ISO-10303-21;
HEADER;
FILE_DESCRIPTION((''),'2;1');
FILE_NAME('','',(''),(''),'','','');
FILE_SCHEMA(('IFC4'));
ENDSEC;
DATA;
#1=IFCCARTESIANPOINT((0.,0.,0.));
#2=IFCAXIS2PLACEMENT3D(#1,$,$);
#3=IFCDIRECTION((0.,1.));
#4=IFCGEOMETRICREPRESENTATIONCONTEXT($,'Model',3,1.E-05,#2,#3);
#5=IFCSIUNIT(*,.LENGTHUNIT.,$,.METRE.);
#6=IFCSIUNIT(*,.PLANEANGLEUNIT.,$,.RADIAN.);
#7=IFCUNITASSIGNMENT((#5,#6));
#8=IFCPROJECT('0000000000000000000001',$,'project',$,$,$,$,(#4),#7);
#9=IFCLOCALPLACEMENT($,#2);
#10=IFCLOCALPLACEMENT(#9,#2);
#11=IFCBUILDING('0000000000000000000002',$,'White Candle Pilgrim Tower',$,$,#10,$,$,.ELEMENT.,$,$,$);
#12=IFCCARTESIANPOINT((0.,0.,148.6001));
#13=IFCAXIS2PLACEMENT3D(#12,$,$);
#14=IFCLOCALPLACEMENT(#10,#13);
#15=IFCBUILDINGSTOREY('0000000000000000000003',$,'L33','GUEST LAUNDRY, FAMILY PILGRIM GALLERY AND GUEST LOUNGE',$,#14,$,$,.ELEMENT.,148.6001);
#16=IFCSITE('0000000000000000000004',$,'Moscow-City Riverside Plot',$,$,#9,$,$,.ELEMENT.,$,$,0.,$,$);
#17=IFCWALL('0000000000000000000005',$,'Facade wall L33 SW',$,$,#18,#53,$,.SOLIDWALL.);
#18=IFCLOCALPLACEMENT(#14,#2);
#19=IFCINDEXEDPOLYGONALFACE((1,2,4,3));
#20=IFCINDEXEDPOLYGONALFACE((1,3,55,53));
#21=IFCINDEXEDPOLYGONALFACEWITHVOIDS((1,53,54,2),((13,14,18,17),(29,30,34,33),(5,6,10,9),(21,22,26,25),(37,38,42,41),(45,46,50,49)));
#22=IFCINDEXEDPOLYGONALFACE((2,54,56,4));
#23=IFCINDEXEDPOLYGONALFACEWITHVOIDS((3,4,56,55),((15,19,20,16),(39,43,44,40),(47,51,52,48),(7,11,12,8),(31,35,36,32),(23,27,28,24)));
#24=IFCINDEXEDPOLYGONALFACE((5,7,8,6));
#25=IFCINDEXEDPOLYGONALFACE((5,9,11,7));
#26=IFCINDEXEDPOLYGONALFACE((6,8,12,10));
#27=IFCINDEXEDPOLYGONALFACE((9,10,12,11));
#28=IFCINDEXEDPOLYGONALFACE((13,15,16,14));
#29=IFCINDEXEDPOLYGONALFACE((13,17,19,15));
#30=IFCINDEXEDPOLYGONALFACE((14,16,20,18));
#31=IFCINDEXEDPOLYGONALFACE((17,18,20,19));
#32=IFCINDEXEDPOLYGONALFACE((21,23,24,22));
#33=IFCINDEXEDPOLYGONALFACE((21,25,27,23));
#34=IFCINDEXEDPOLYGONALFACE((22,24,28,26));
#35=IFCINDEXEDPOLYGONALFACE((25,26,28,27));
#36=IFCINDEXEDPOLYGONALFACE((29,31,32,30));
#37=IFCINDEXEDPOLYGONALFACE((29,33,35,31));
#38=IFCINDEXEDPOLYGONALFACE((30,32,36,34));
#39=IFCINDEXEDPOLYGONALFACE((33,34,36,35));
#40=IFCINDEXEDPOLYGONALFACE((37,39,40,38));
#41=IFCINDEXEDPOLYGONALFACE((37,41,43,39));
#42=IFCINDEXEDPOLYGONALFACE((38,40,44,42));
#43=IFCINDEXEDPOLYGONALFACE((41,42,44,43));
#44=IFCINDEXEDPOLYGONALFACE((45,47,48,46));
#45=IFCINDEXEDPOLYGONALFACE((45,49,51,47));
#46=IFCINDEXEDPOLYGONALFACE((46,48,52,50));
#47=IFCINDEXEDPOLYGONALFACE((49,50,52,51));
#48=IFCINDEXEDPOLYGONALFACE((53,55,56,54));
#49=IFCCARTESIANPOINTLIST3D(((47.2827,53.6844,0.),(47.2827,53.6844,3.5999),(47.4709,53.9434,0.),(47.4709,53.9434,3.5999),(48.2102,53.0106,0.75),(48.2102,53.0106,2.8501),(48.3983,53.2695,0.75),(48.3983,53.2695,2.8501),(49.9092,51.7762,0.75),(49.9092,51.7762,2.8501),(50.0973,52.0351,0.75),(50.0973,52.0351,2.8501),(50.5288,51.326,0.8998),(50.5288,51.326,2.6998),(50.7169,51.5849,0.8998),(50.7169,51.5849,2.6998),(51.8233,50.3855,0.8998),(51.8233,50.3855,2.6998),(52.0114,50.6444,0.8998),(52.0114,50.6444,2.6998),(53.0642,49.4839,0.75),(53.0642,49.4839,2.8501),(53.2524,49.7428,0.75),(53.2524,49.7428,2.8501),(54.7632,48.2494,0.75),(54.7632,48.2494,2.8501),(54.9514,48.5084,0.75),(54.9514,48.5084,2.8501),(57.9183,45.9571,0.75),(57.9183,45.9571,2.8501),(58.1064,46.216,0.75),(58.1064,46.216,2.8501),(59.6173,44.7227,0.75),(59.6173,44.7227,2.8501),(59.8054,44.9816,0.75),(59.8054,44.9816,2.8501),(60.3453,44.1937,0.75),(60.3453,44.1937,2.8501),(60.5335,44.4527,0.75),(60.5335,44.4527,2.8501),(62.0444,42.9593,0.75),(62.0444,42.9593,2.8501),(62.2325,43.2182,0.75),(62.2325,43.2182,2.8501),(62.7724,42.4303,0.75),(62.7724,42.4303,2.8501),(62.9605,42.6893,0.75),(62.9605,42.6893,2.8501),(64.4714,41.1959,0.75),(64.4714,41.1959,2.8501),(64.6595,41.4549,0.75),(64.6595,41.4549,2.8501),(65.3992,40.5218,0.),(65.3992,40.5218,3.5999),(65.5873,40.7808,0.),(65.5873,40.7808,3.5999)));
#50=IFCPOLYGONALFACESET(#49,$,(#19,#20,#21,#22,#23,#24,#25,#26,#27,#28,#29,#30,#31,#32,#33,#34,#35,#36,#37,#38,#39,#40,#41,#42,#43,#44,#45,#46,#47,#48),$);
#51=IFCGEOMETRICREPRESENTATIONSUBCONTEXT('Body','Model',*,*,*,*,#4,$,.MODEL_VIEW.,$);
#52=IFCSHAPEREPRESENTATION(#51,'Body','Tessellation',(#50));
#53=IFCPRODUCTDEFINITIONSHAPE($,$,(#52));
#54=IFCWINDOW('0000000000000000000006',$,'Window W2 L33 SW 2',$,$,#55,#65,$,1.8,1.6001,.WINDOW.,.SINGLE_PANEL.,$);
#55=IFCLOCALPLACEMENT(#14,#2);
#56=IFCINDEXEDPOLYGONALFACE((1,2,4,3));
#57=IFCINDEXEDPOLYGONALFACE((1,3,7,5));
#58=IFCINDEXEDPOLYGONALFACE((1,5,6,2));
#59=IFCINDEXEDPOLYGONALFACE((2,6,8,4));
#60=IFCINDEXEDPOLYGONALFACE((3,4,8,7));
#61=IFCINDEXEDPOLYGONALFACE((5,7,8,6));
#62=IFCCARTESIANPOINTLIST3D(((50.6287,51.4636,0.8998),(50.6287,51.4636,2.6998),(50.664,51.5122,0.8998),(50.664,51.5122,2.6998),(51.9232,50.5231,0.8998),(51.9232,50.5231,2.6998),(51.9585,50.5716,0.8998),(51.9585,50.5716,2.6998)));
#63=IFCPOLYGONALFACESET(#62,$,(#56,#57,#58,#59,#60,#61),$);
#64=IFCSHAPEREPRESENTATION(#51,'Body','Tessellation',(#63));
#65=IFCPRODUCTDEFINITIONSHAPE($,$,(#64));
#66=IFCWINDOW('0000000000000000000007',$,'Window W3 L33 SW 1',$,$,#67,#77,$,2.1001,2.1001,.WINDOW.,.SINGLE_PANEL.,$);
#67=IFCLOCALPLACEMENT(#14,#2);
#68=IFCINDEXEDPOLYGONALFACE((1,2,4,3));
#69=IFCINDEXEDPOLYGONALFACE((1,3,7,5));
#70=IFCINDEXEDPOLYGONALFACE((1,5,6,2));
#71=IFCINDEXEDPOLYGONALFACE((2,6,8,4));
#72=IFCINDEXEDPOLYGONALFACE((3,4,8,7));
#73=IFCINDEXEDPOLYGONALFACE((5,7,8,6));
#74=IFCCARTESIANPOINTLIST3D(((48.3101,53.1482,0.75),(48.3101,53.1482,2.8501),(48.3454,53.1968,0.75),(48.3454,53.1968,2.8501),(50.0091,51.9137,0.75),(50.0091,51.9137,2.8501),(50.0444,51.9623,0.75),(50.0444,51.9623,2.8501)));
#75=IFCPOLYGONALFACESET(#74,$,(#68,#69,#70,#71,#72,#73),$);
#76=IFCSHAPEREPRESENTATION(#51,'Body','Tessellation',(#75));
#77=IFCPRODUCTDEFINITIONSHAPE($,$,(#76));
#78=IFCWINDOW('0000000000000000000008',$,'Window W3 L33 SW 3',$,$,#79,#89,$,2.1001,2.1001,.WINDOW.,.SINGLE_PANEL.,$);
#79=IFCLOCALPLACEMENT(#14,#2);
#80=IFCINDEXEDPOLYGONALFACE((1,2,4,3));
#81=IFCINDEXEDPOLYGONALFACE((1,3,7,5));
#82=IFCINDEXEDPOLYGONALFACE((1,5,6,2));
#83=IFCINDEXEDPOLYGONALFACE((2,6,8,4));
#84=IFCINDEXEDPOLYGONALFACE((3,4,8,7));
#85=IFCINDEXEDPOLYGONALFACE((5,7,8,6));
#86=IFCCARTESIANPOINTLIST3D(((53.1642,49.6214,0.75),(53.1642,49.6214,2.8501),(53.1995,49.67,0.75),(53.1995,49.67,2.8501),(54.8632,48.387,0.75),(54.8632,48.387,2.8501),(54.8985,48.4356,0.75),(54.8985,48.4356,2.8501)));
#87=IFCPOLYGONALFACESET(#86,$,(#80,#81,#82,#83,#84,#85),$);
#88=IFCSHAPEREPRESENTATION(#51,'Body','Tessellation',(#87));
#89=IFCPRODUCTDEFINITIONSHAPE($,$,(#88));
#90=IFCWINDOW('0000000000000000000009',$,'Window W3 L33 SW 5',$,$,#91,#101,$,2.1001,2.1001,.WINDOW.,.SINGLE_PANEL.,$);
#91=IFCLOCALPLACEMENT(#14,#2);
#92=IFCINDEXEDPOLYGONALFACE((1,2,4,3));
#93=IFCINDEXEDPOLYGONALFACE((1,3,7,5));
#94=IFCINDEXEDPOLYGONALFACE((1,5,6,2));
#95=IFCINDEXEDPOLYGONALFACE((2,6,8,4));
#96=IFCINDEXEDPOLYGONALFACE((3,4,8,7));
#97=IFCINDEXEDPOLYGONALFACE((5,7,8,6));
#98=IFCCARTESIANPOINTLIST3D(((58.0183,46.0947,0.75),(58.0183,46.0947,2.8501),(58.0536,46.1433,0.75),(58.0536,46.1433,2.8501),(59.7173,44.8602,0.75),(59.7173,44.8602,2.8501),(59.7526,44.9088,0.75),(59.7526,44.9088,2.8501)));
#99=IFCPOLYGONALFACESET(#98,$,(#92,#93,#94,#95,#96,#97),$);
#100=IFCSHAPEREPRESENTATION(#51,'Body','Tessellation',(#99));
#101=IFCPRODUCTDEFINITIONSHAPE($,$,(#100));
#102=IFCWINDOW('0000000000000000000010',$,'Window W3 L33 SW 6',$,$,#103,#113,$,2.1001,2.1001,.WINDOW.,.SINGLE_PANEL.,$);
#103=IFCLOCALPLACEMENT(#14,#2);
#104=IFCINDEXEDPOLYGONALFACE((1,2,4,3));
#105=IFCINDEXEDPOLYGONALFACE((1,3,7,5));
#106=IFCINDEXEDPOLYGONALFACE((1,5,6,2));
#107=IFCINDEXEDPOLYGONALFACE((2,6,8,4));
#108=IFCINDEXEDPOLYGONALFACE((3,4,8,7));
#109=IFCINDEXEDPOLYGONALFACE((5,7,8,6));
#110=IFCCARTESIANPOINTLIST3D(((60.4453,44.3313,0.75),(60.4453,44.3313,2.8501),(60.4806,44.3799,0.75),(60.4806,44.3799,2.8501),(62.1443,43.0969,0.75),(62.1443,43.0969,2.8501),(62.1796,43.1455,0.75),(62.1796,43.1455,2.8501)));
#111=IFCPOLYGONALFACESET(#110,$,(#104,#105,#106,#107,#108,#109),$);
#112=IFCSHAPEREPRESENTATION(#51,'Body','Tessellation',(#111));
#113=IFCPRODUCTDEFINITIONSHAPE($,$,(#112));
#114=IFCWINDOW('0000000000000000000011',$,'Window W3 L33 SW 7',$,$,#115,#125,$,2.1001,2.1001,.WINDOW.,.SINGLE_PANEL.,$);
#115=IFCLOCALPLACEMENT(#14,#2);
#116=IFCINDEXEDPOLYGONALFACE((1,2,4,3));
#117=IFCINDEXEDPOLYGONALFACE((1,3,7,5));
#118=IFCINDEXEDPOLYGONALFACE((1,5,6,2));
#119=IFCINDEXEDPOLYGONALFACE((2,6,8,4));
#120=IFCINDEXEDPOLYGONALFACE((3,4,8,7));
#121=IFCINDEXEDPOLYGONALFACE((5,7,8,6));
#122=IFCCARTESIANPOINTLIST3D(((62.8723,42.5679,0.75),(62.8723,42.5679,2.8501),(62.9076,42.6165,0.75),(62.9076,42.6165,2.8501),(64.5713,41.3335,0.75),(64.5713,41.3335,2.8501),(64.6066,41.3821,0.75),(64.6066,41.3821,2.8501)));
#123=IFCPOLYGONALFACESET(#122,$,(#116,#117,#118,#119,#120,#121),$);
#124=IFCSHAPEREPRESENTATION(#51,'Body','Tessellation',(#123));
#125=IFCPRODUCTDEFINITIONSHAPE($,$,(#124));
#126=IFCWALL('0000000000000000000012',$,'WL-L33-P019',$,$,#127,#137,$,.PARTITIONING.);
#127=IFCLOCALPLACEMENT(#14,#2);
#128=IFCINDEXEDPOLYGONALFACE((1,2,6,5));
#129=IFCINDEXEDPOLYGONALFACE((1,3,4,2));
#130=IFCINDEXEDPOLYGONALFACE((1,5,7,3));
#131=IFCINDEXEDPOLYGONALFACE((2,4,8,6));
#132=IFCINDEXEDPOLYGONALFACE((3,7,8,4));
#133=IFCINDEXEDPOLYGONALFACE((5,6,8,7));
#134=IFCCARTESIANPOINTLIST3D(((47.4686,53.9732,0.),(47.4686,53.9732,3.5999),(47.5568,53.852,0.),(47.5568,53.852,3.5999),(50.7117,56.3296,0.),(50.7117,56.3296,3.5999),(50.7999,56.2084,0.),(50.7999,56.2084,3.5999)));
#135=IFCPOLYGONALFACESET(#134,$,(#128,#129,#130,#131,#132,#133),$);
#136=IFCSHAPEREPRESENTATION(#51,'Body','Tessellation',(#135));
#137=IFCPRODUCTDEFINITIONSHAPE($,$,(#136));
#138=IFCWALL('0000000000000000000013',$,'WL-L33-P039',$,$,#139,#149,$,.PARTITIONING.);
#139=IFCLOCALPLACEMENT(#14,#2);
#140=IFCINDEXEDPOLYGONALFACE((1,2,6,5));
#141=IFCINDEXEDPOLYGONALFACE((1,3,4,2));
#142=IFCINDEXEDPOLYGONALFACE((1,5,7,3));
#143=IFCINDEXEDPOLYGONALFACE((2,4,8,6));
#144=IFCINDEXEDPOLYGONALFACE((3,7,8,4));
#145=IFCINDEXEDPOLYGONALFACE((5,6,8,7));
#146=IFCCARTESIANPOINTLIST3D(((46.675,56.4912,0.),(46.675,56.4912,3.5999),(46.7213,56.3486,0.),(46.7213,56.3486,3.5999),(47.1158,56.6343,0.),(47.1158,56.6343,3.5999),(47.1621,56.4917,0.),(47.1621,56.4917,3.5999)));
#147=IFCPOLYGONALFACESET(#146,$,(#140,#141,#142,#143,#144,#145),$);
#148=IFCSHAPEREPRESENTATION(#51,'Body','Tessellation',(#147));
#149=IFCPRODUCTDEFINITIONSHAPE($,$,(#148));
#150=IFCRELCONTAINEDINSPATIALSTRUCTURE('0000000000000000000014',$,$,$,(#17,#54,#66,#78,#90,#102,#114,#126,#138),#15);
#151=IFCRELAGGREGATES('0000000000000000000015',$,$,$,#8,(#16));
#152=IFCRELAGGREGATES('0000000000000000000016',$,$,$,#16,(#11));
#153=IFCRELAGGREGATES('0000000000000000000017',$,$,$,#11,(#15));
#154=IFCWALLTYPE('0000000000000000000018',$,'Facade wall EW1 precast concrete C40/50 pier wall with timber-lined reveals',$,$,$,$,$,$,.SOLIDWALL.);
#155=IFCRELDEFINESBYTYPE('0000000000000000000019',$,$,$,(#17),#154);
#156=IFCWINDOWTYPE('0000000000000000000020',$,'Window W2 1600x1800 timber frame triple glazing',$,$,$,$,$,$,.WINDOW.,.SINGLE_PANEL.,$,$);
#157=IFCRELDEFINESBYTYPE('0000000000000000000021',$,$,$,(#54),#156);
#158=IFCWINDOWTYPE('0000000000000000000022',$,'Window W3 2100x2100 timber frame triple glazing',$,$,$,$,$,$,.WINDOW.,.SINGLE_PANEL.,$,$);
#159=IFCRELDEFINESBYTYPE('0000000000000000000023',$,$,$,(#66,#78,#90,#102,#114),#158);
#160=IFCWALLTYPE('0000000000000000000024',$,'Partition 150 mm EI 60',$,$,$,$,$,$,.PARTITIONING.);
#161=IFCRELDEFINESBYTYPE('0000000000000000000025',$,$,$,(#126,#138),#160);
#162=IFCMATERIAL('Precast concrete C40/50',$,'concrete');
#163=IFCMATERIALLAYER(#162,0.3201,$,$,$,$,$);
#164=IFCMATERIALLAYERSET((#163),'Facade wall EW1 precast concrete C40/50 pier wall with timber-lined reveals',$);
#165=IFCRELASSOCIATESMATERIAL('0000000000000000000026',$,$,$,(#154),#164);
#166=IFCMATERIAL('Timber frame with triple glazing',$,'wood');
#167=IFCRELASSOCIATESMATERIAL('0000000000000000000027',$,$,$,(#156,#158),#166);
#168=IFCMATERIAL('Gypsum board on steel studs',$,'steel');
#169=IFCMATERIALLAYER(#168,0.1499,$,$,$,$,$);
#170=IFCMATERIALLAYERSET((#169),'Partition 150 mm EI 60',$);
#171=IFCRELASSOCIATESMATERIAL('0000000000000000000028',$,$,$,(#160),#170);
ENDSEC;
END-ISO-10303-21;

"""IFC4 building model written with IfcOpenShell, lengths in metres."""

from ifc_helpers import new_model, si_unit, direction, frame, frame_2d, origin, place, context, subcontext, project, spatial, rectangle, extrude, material, layer, layer_set, type_object, element, fill, save


model = new_model("IFC4")

# Units and contexts
model_context = context("Model", 3, precision=1e-05, world=origin(), true_north=direction((0.0, 1.0)))
body_context = subcontext(model_context, "Body", "Model", "MODEL_VIEW")
ifc_project = project(units=[si_unit("LENGTHUNIT", "METRE"), si_unit("PLANEANGLEUNIT", "RADIAN")], contexts=[model_context])

# Site, building, storey
site_placement = place(None, origin())
site = spatial("IfcSite", under=ifc_project, at=site_placement, Name="Moscow-City Riverside Plot", CompositionType="ELEMENT", RefElevation=0.0)
building_placement = place(site_placement, origin())
building = spatial("IfcBuilding", under=site, at=building_placement, Name="White Candle Pilgrim Tower", CompositionType="ELEMENT")
storey_placement = place(building_placement, frame((0.0, 0.0, 148.6001)))
storey = spatial("IfcBuildingStorey", under=building, at=storey_placement, Name="L33", Description="GUEST LAUNDRY, FAMILY PILGRIM GALLERY AND GUEST LOUNGE", CompositionType="ELEMENT", Elevation=148.6001)

# Wall, openings, windows
ifc_material_1 = material(Name="Precast concrete C40/50", Category="concrete")
ifc_layer_1 = layer(ifc_material_1, 0.3201)
ifc_layer_set_1 = layer_set([ifc_layer_1], Name="Facade wall EW1 precast concrete C40/50 pier wall with timber-lined reveals")
wall_type_1 = type_object("IfcWallType", Name="Facade wall EW1 precast concrete C40/50 pier wall with timber-lined reveals", PredefinedType="SOLIDWALL", material=ifc_layer_set_1)
wall_1_placement = place(storey_placement, frame((47.3767, 53.814, 0.0), z_axis=(0.0, 0.0, 1.0), x_axis=(0.809012, -0.587792, 0.0)))
wall_1 = element("IfcWall", 1, at=wall_1_placement, inside=storey, type_object=wall_type_1, Name="Facade wall L33 SW", PredefinedType="SOLIDWALL", context=body_context, shape_type="SweptSolid", body=[
    extrude(rectangle(XDim=22.3933, YDim=0.3201, at=frame_2d((11.1968, 0.0))), origin(), (0.0, 0.0, 1.0), 3.5999),
])
opening_1_placement = place(wall_1_placement, frame((1.1465, 0.0, 0.75)))
opening_1 = element("IfcOpeningElement", 2, at=opening_1_placement, cuts=wall_1, PredefinedType="OPENING", context=body_context, shape_type="SweptSolid", body=[
    extrude(rectangle(XDim=2.1001, YDim=2.1001, at=frame_2d((1.05, 1.05))), frame((0.0, 0.1699, 0.0), z_axis=(0.0, -1.0, 0.0), x_axis=(1.0, 0.0, 0.0)), (0.0, 0.0, 1.0), 0.3401),
])
opening_2_placement = place(wall_1_placement, frame((4.0125, 0.0, 0.8999)))
opening_2 = element("IfcOpeningElement", 3, at=opening_2_placement, cuts=wall_1, PredefinedType="OPENING", context=body_context, shape_type="SweptSolid", body=[
    extrude(rectangle(XDim=1.6001, YDim=1.8, at=frame_2d((0.8, 0.8999))), frame((0.0, 0.1699, 0.0), z_axis=(0.0, -1.0, 0.0), x_axis=(1.0, 0.0, 0.0)), (0.0, 0.0, 1.0), 0.3401),
])
opening_3_placement = place(wall_1_placement, frame((7.1465, 0.0, 0.75)))
opening_3 = element("IfcOpeningElement", 4, at=opening_3_placement, cuts=wall_1, PredefinedType="OPENING", context=body_context, shape_type="SweptSolid", body=[
    extrude(rectangle(XDim=2.1001, YDim=2.1001, at=frame_2d((1.05, 1.05))), frame((0.0, 0.1699, 0.0), z_axis=(0.0, -1.0, 0.0), x_axis=(1.0, 0.0, 0.0)), (0.0, 0.0, 1.0), 0.3401),
])
opening_4_placement = place(wall_1_placement, frame((13.1465, 0.0, 0.75)))
opening_4 = element("IfcOpeningElement", 5, at=opening_4_placement, cuts=wall_1, PredefinedType="OPENING", context=body_context, shape_type="SweptSolid", body=[
    extrude(rectangle(XDim=2.1001, YDim=2.1001, at=frame_2d((1.05, 1.05))), frame((0.0, 0.1699, 0.0), z_axis=(0.0, -1.0, 0.0), x_axis=(1.0, 0.0, 0.0)), (0.0, 0.0, 1.0), 0.3401),
])
opening_5_placement = place(wall_1_placement, frame((16.1465, 0.0, 0.75)))
opening_5 = element("IfcOpeningElement", 6, at=opening_5_placement, cuts=wall_1, PredefinedType="OPENING", context=body_context, shape_type="SweptSolid", body=[
    extrude(rectangle(XDim=2.1001, YDim=2.1001, at=frame_2d((1.05, 1.05))), frame((0.0, 0.1699, 0.0), z_axis=(0.0, -1.0, 0.0), x_axis=(1.0, 0.0, 0.0)), (0.0, 0.0, 1.0), 0.3401),
])
opening_6_placement = place(wall_1_placement, frame((19.1465, 0.0, 0.75)))
opening_6 = element("IfcOpeningElement", 7, at=opening_6_placement, cuts=wall_1, PredefinedType="OPENING", context=body_context, shape_type="SweptSolid", body=[
    extrude(rectangle(XDim=2.1001, YDim=2.1001, at=frame_2d((1.05, 1.05))), frame((0.0, 0.1699, 0.0), z_axis=(0.0, -1.0, 0.0), x_axis=(1.0, 0.0, 0.0)), (0.0, 0.0, 1.0), 0.3401),
])
ifc_material_2 = material(Name="Timber frame with triple glazing", Category="wood")
window_type_1 = type_object("IfcWindowType", Name="Window W2 1600x1800 timber frame triple glazing", PartitioningType="SINGLE_PANEL", PredefinedType="WINDOW", material=ifc_material_2)
window_1_placement = place(opening_2_placement, origin())
window_1 = element("IfcWindow", 8, at=window_1_placement, inside=storey, type_object=window_type_1, Name="Window W2 L33 SW 2", OverallHeight=1.8, OverallWidth=1.6001, PartitioningType="SINGLE_PANEL", PredefinedType="WINDOW", context=body_context, shape_type="SweptSolid", body=[
    extrude(rectangle(XDim=1.6001, YDim=1.8, at=frame_2d((0.8, 0.8999))), frame((0.0, 0.0701, 0.0), z_axis=(0.0, -1.0, 0.0), x_axis=(1.0, 0.0, 0.0)), (0.0, 0.0, 1.0), 0.0601),
])
fill(opening_2, window_1)
window_type_2 = type_object("IfcWindowType", Name="Window W3 2100x2100 timber frame triple glazing", PartitioningType="SINGLE_PANEL", PredefinedType="WINDOW", material=ifc_material_2)
window_2_placement = place(opening_1_placement, origin())
window_2 = element("IfcWindow", 9, at=window_2_placement, inside=storey, type_object=window_type_2, Name="Window W3 L33 SW 1", OverallHeight=2.1001, OverallWidth=2.1001, PartitioningType="SINGLE_PANEL", PredefinedType="WINDOW", context=body_context, shape_type="SweptSolid", body=[
    extrude(rectangle(XDim=2.1001, YDim=2.1001, at=frame_2d((1.05, 1.05))), frame((0.0, 0.0701, 0.0), z_axis=(0.0, -1.0, 0.0), x_axis=(1.0, 0.0, 0.0)), (0.0, 0.0, 1.0), 0.0601),
])
fill(opening_1, window_2)
window_3_placement = place(opening_3_placement, origin())
window_3 = element("IfcWindow", 10, at=window_3_placement, inside=storey, type_object=window_type_2, Name="Window W3 L33 SW 3", OverallHeight=2.1001, OverallWidth=2.1001, PartitioningType="SINGLE_PANEL", PredefinedType="WINDOW", context=body_context, shape_type="SweptSolid", body=[
    extrude(rectangle(XDim=2.1001, YDim=2.1001, at=frame_2d((1.05, 1.05))), frame((0.0, 0.0701, 0.0), z_axis=(0.0, -1.0, 0.0), x_axis=(1.0, 0.0, 0.0)), (0.0, 0.0, 1.0), 0.0601),
])
fill(opening_3, window_3)
window_4_placement = place(opening_4_placement, origin())
window_4 = element("IfcWindow", 11, at=window_4_placement, inside=storey, type_object=window_type_2, Name="Window W3 L33 SW 5", OverallHeight=2.1001, OverallWidth=2.1001, PartitioningType="SINGLE_PANEL", PredefinedType="WINDOW", context=body_context, shape_type="SweptSolid", body=[
    extrude(rectangle(XDim=2.1001, YDim=2.1001, at=frame_2d((1.05, 1.05))), frame((0.0, 0.0701, 0.0), z_axis=(0.0, -1.0, 0.0), x_axis=(1.0, 0.0, 0.0)), (0.0, 0.0, 1.0), 0.0601),
])
fill(opening_4, window_4)
window_5_placement = place(opening_5_placement, origin())
window_5 = element("IfcWindow", 12, at=window_5_placement, inside=storey, type_object=window_type_2, Name="Window W3 L33 SW 6", OverallHeight=2.1001, OverallWidth=2.1001, PartitioningType="SINGLE_PANEL", PredefinedType="WINDOW", context=body_context, shape_type="SweptSolid", body=[
    extrude(rectangle(XDim=2.1001, YDim=2.1001, at=frame_2d((1.05, 1.05))), frame((0.0, 0.0701, 0.0), z_axis=(0.0, -1.0, 0.0), x_axis=(1.0, 0.0, 0.0)), (0.0, 0.0, 1.0), 0.0601),
])
fill(opening_5, window_5)
window_6_placement = place(opening_6_placement, origin())
window_6 = element("IfcWindow", 13, at=window_6_placement, inside=storey, type_object=window_type_2, Name="Window W3 L33 SW 7", OverallHeight=2.1001, OverallWidth=2.1001, PartitioningType="SINGLE_PANEL", PredefinedType="WINDOW", context=body_context, shape_type="SweptSolid", body=[
    extrude(rectangle(XDim=2.1001, YDim=2.1001, at=frame_2d((1.05, 1.05))), frame((0.0, 0.0701, 0.0), z_axis=(0.0, -1.0, 0.0), x_axis=(1.0, 0.0, 0.0)), (0.0, 0.0, 1.0), 0.0601),
])
fill(opening_6, window_6)

# Walls
ifc_material_3 = material(Name="Gypsum board on steel studs", Category="steel")
ifc_layer_2 = layer(ifc_material_3, 0.1499)
ifc_layer_set_2 = layer_set([ifc_layer_2], Name="Partition 150 mm EI 60")
wall_type_2 = type_object("IfcWallType", Name="Partition 150 mm EI 60", PredefinedType="PARTITIONING", material=ifc_layer_set_2)
wall_2_placement = place(storey_placement, frame((47.5127, 53.9126, 0.0), z_axis=(0.0, 0.0, 1.0), x_axis=(0.808999, 0.58781, 0.0)))
element("IfcWall", 14, at=wall_2_placement, inside=storey, type_object=wall_type_2, Name="WL-L33-P019", PredefinedType="PARTITIONING", context=body_context, shape_type="SweptSolid", body=[
    extrude(rectangle(XDim=4.0088, YDim=0.1499, at=frame_2d((2.0044, 0.0))), origin(), (0.0, 0.0, 1.0), 3.5999),
])
wall_3_placement = place(storey_placement, frame((47.1389, 56.563, 0.0), z_axis=(0.0, 0.0, 1.0), x_axis=(-0.951131, -0.308788, 0.0)))
element("IfcWall", 15, at=wall_3_placement, inside=storey, type_object=wall_type_2, Name="WL-L33-P039", PredefinedType="PARTITIONING", context=body_context, shape_type="SweptSolid", body=[
    extrude(rectangle(XDim=0.4634, YDim=0.1499, at=frame_2d((0.2317, 0.0))), origin(), (0.0, 0.0, 1.0), 3.5999),
])

save(model, "model.ifc")
